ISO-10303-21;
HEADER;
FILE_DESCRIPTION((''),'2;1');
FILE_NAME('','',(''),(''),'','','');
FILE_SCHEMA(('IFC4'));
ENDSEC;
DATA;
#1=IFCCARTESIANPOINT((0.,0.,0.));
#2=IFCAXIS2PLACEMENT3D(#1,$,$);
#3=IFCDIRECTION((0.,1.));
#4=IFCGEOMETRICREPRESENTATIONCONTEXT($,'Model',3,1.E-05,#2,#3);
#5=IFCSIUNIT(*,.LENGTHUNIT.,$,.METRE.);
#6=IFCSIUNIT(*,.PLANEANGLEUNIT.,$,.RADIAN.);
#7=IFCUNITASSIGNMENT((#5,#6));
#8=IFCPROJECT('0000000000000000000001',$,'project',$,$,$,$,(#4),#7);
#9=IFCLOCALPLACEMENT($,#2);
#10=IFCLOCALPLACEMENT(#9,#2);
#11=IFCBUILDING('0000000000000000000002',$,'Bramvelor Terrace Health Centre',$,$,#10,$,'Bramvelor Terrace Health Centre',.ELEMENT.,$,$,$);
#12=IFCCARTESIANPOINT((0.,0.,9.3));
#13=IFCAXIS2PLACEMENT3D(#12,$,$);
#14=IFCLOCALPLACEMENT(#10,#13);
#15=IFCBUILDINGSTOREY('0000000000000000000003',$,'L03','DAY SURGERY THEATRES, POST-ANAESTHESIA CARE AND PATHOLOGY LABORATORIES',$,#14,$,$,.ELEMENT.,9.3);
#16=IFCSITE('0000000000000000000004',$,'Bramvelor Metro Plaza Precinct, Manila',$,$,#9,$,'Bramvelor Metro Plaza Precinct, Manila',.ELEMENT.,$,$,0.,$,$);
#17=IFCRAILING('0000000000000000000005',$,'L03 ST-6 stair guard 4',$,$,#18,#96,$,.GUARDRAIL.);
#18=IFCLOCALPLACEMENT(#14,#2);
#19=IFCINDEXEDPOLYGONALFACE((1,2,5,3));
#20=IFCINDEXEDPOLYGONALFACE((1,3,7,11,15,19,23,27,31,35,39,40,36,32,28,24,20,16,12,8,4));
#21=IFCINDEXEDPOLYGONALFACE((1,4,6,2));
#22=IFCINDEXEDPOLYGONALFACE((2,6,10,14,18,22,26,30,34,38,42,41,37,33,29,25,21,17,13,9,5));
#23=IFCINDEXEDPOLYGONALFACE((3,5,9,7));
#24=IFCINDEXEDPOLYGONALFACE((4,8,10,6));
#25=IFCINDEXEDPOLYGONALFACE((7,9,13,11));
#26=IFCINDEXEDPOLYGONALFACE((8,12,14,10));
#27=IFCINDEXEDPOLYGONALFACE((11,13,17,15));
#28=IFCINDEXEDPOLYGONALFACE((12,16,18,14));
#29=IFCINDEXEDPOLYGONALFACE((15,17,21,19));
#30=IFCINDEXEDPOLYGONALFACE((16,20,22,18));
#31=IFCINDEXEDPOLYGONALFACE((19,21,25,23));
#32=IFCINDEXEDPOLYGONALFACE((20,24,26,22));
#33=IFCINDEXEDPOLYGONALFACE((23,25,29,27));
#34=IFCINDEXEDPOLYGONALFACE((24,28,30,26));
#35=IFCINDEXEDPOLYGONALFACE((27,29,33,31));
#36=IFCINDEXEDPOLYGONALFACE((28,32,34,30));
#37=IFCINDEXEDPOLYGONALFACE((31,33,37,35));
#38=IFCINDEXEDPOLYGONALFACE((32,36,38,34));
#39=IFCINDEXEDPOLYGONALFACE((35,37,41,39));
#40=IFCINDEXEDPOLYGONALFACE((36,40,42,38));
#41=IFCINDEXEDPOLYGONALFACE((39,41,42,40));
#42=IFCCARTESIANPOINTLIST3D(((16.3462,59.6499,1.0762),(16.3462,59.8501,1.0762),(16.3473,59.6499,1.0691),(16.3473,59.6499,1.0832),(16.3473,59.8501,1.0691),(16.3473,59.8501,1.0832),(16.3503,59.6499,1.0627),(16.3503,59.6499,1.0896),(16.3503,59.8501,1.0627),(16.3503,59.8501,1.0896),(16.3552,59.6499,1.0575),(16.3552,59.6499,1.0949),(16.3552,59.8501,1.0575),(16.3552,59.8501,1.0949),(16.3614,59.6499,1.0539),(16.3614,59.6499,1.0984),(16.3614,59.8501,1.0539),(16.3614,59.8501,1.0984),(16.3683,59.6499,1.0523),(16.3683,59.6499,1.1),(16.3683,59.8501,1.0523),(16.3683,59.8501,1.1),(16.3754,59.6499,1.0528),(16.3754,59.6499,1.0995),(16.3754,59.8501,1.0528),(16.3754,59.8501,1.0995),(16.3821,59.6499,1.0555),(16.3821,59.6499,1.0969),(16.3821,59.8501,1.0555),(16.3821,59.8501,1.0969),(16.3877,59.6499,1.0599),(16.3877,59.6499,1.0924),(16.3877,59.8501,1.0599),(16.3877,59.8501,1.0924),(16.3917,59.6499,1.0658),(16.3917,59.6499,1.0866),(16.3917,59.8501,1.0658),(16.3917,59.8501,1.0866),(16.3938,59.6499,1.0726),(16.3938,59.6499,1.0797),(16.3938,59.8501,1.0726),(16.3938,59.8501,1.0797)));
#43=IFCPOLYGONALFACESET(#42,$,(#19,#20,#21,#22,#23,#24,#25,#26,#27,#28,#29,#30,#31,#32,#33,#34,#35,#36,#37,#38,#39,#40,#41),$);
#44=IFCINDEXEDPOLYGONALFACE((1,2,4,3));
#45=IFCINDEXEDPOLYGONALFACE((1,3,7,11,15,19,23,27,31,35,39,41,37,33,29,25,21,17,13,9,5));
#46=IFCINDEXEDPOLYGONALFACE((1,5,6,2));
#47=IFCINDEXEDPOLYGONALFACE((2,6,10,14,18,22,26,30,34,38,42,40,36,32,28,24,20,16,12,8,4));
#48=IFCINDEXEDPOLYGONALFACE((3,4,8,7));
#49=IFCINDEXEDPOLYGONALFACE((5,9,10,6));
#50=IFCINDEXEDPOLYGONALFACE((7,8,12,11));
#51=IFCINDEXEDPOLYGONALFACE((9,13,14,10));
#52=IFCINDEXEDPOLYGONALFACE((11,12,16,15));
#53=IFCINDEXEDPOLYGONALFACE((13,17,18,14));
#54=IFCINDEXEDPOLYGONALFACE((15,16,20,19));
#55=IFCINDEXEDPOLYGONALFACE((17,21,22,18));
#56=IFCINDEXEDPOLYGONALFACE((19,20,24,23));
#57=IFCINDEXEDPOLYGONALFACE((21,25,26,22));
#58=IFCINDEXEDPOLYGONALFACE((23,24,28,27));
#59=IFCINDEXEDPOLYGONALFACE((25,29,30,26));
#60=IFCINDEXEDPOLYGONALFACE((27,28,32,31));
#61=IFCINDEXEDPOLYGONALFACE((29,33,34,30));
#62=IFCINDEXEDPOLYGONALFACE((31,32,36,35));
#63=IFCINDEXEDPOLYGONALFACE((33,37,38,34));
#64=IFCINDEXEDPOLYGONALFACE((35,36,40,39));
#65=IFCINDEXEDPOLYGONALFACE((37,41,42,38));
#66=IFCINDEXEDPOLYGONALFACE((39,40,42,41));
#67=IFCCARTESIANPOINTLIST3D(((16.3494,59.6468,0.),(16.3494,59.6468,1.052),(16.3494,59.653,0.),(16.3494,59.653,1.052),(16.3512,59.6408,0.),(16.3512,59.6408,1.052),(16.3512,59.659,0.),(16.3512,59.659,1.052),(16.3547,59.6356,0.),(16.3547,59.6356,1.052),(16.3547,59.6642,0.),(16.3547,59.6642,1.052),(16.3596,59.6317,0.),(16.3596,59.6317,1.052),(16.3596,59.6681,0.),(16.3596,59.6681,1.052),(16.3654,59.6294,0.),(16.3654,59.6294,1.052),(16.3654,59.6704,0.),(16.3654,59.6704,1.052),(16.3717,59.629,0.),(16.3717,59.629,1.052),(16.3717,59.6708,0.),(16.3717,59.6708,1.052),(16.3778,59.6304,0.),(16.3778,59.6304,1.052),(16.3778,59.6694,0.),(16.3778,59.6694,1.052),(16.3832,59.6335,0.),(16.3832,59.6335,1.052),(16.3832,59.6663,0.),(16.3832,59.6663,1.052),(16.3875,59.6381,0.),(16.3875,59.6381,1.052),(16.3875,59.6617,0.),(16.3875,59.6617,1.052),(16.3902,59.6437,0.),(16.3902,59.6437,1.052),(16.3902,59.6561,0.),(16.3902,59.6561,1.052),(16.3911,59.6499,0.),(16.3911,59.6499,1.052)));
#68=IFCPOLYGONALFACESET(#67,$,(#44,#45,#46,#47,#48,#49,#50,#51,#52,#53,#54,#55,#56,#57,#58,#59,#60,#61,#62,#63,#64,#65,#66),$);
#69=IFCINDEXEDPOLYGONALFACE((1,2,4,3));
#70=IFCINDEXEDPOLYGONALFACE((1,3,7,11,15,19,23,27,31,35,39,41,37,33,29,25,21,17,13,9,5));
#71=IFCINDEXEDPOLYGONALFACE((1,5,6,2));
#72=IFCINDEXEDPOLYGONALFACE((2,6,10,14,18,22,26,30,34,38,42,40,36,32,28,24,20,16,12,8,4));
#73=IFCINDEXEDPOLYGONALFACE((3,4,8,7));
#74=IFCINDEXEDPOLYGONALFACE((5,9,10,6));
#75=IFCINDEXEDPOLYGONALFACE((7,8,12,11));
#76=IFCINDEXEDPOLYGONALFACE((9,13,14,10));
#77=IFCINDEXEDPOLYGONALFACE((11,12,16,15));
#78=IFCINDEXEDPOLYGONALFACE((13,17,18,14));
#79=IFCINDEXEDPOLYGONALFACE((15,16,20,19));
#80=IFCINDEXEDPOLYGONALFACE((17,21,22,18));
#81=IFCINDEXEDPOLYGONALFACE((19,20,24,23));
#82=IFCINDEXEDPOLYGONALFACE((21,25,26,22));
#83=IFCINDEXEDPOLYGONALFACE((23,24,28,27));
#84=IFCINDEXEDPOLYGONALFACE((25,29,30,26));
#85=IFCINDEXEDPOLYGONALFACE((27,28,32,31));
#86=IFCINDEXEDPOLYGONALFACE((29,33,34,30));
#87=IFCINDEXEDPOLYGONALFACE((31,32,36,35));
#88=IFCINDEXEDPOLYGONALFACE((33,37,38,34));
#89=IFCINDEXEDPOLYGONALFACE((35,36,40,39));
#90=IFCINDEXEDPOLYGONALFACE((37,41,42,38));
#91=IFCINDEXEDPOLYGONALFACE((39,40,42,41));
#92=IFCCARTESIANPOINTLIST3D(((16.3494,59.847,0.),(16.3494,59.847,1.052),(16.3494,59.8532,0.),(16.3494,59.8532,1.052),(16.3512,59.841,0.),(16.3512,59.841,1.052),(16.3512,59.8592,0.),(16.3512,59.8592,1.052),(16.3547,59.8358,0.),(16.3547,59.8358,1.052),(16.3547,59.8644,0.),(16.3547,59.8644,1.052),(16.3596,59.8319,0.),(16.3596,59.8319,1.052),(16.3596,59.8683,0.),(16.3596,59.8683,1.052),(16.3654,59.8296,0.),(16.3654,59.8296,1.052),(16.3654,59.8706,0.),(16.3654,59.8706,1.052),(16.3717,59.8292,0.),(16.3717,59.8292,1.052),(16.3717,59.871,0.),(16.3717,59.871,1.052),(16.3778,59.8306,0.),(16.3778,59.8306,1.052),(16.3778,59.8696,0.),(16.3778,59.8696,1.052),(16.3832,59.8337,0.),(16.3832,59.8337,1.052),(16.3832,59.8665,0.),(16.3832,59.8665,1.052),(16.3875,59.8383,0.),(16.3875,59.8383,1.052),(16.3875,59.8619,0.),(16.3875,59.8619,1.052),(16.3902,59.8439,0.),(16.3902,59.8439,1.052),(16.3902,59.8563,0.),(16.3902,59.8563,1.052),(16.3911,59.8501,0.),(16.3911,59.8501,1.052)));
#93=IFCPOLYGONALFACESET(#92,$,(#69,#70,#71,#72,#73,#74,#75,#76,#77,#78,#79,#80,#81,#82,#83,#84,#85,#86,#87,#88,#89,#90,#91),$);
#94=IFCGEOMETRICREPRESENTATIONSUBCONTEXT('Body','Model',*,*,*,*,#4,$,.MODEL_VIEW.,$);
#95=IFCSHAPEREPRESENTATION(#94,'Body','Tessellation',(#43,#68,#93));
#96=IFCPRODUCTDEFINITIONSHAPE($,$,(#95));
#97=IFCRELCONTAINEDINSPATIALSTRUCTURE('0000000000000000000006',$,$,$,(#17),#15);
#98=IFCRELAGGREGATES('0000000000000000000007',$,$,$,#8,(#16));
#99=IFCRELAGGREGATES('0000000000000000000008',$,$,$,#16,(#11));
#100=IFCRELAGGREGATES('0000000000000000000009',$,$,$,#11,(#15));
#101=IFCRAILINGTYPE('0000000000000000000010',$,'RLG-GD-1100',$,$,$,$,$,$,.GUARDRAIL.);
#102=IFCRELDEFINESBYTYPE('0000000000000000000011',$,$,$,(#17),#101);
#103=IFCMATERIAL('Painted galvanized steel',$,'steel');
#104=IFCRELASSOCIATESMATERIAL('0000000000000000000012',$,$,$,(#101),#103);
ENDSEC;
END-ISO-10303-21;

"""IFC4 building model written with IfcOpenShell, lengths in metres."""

from ifc_helpers import new_model, si_unit, direction, frame, origin, origin_2d, place, context, subcontext, project, spatial, circle, extrude, material, type_object, element, save


model = new_model("IFC4")

# Units and contexts
model_context = context("Model", 3, precision=1e-05, world=origin(), true_north=direction((0.0, 1.0)))
body_context = subcontext(model_context, "Body", "Model", "MODEL_VIEW")
ifc_project = project(units=[si_unit("LENGTHUNIT", "METRE"), si_unit("PLANEANGLEUNIT", "RADIAN")], contexts=[model_context])

# Site, building, storey
site_placement = place(None, origin())
site = spatial("IfcSite", under=ifc_project, at=site_placement, Name="Bramvelor Metro Plaza Precinct, Manila", LongName="Bramvelor Metro Plaza Precinct, Manila", CompositionType="ELEMENT", RefElevation=0.0)
building_placement = place(site_placement, origin())
building = spatial("IfcBuilding", under=site, at=building_placement, Name="Bramvelor Terrace Health Centre", LongName="Bramvelor Terrace Health Centre", CompositionType="ELEMENT")
storey_placement = place(building_placement, frame((0.0, 0.0, 9.3)))
storey = spatial("IfcBuildingStorey", under=building, at=storey_placement, Name="L03", Description="DAY SURGERY THEATRES, POST-ANAESTHESIA CARE AND PATHOLOGY LABORATORIES", CompositionType="ELEMENT", Elevation=9.3)

# Railing
ifc_material_1 = material(Name="Painted galvanized steel", Category="steel")
railing_type_1 = type_object("IfcRailingType", Name="RLG-GD-1100", PredefinedType="GUARDRAIL", material=ifc_material_1)
railing_1_placement = place(storey_placement, frame((16.3701, 59.6499, 0.0)))
element("IfcRailing", 1, at=railing_1_placement, inside=storey, type_object=railing_type_1, Name="L03 ST-6 stair guard 4", PredefinedType="GUARDRAIL", context=body_context, shape_type="SweptSolid", body=[
    extrude(circle(Radius=0.0239, at=origin_2d()), frame((0.0, 0.0, 1.0762), z_axis=(0.0, 1.0, 0.0), x_axis=(-1.0, 0.0, 0.0)), (0.0, 0.0, 1.0), 0.2002),
    extrude(circle(Radius=0.021, at=origin_2d()), origin(), (0.0, 0.0, 1.0), 1.052),
    extrude(circle(Radius=0.021, at=origin_2d()), frame((0.0, 0.2002, 0.0)), (0.0, 0.0, 1.0), 1.052),
])

save(model, "model.ifc")
